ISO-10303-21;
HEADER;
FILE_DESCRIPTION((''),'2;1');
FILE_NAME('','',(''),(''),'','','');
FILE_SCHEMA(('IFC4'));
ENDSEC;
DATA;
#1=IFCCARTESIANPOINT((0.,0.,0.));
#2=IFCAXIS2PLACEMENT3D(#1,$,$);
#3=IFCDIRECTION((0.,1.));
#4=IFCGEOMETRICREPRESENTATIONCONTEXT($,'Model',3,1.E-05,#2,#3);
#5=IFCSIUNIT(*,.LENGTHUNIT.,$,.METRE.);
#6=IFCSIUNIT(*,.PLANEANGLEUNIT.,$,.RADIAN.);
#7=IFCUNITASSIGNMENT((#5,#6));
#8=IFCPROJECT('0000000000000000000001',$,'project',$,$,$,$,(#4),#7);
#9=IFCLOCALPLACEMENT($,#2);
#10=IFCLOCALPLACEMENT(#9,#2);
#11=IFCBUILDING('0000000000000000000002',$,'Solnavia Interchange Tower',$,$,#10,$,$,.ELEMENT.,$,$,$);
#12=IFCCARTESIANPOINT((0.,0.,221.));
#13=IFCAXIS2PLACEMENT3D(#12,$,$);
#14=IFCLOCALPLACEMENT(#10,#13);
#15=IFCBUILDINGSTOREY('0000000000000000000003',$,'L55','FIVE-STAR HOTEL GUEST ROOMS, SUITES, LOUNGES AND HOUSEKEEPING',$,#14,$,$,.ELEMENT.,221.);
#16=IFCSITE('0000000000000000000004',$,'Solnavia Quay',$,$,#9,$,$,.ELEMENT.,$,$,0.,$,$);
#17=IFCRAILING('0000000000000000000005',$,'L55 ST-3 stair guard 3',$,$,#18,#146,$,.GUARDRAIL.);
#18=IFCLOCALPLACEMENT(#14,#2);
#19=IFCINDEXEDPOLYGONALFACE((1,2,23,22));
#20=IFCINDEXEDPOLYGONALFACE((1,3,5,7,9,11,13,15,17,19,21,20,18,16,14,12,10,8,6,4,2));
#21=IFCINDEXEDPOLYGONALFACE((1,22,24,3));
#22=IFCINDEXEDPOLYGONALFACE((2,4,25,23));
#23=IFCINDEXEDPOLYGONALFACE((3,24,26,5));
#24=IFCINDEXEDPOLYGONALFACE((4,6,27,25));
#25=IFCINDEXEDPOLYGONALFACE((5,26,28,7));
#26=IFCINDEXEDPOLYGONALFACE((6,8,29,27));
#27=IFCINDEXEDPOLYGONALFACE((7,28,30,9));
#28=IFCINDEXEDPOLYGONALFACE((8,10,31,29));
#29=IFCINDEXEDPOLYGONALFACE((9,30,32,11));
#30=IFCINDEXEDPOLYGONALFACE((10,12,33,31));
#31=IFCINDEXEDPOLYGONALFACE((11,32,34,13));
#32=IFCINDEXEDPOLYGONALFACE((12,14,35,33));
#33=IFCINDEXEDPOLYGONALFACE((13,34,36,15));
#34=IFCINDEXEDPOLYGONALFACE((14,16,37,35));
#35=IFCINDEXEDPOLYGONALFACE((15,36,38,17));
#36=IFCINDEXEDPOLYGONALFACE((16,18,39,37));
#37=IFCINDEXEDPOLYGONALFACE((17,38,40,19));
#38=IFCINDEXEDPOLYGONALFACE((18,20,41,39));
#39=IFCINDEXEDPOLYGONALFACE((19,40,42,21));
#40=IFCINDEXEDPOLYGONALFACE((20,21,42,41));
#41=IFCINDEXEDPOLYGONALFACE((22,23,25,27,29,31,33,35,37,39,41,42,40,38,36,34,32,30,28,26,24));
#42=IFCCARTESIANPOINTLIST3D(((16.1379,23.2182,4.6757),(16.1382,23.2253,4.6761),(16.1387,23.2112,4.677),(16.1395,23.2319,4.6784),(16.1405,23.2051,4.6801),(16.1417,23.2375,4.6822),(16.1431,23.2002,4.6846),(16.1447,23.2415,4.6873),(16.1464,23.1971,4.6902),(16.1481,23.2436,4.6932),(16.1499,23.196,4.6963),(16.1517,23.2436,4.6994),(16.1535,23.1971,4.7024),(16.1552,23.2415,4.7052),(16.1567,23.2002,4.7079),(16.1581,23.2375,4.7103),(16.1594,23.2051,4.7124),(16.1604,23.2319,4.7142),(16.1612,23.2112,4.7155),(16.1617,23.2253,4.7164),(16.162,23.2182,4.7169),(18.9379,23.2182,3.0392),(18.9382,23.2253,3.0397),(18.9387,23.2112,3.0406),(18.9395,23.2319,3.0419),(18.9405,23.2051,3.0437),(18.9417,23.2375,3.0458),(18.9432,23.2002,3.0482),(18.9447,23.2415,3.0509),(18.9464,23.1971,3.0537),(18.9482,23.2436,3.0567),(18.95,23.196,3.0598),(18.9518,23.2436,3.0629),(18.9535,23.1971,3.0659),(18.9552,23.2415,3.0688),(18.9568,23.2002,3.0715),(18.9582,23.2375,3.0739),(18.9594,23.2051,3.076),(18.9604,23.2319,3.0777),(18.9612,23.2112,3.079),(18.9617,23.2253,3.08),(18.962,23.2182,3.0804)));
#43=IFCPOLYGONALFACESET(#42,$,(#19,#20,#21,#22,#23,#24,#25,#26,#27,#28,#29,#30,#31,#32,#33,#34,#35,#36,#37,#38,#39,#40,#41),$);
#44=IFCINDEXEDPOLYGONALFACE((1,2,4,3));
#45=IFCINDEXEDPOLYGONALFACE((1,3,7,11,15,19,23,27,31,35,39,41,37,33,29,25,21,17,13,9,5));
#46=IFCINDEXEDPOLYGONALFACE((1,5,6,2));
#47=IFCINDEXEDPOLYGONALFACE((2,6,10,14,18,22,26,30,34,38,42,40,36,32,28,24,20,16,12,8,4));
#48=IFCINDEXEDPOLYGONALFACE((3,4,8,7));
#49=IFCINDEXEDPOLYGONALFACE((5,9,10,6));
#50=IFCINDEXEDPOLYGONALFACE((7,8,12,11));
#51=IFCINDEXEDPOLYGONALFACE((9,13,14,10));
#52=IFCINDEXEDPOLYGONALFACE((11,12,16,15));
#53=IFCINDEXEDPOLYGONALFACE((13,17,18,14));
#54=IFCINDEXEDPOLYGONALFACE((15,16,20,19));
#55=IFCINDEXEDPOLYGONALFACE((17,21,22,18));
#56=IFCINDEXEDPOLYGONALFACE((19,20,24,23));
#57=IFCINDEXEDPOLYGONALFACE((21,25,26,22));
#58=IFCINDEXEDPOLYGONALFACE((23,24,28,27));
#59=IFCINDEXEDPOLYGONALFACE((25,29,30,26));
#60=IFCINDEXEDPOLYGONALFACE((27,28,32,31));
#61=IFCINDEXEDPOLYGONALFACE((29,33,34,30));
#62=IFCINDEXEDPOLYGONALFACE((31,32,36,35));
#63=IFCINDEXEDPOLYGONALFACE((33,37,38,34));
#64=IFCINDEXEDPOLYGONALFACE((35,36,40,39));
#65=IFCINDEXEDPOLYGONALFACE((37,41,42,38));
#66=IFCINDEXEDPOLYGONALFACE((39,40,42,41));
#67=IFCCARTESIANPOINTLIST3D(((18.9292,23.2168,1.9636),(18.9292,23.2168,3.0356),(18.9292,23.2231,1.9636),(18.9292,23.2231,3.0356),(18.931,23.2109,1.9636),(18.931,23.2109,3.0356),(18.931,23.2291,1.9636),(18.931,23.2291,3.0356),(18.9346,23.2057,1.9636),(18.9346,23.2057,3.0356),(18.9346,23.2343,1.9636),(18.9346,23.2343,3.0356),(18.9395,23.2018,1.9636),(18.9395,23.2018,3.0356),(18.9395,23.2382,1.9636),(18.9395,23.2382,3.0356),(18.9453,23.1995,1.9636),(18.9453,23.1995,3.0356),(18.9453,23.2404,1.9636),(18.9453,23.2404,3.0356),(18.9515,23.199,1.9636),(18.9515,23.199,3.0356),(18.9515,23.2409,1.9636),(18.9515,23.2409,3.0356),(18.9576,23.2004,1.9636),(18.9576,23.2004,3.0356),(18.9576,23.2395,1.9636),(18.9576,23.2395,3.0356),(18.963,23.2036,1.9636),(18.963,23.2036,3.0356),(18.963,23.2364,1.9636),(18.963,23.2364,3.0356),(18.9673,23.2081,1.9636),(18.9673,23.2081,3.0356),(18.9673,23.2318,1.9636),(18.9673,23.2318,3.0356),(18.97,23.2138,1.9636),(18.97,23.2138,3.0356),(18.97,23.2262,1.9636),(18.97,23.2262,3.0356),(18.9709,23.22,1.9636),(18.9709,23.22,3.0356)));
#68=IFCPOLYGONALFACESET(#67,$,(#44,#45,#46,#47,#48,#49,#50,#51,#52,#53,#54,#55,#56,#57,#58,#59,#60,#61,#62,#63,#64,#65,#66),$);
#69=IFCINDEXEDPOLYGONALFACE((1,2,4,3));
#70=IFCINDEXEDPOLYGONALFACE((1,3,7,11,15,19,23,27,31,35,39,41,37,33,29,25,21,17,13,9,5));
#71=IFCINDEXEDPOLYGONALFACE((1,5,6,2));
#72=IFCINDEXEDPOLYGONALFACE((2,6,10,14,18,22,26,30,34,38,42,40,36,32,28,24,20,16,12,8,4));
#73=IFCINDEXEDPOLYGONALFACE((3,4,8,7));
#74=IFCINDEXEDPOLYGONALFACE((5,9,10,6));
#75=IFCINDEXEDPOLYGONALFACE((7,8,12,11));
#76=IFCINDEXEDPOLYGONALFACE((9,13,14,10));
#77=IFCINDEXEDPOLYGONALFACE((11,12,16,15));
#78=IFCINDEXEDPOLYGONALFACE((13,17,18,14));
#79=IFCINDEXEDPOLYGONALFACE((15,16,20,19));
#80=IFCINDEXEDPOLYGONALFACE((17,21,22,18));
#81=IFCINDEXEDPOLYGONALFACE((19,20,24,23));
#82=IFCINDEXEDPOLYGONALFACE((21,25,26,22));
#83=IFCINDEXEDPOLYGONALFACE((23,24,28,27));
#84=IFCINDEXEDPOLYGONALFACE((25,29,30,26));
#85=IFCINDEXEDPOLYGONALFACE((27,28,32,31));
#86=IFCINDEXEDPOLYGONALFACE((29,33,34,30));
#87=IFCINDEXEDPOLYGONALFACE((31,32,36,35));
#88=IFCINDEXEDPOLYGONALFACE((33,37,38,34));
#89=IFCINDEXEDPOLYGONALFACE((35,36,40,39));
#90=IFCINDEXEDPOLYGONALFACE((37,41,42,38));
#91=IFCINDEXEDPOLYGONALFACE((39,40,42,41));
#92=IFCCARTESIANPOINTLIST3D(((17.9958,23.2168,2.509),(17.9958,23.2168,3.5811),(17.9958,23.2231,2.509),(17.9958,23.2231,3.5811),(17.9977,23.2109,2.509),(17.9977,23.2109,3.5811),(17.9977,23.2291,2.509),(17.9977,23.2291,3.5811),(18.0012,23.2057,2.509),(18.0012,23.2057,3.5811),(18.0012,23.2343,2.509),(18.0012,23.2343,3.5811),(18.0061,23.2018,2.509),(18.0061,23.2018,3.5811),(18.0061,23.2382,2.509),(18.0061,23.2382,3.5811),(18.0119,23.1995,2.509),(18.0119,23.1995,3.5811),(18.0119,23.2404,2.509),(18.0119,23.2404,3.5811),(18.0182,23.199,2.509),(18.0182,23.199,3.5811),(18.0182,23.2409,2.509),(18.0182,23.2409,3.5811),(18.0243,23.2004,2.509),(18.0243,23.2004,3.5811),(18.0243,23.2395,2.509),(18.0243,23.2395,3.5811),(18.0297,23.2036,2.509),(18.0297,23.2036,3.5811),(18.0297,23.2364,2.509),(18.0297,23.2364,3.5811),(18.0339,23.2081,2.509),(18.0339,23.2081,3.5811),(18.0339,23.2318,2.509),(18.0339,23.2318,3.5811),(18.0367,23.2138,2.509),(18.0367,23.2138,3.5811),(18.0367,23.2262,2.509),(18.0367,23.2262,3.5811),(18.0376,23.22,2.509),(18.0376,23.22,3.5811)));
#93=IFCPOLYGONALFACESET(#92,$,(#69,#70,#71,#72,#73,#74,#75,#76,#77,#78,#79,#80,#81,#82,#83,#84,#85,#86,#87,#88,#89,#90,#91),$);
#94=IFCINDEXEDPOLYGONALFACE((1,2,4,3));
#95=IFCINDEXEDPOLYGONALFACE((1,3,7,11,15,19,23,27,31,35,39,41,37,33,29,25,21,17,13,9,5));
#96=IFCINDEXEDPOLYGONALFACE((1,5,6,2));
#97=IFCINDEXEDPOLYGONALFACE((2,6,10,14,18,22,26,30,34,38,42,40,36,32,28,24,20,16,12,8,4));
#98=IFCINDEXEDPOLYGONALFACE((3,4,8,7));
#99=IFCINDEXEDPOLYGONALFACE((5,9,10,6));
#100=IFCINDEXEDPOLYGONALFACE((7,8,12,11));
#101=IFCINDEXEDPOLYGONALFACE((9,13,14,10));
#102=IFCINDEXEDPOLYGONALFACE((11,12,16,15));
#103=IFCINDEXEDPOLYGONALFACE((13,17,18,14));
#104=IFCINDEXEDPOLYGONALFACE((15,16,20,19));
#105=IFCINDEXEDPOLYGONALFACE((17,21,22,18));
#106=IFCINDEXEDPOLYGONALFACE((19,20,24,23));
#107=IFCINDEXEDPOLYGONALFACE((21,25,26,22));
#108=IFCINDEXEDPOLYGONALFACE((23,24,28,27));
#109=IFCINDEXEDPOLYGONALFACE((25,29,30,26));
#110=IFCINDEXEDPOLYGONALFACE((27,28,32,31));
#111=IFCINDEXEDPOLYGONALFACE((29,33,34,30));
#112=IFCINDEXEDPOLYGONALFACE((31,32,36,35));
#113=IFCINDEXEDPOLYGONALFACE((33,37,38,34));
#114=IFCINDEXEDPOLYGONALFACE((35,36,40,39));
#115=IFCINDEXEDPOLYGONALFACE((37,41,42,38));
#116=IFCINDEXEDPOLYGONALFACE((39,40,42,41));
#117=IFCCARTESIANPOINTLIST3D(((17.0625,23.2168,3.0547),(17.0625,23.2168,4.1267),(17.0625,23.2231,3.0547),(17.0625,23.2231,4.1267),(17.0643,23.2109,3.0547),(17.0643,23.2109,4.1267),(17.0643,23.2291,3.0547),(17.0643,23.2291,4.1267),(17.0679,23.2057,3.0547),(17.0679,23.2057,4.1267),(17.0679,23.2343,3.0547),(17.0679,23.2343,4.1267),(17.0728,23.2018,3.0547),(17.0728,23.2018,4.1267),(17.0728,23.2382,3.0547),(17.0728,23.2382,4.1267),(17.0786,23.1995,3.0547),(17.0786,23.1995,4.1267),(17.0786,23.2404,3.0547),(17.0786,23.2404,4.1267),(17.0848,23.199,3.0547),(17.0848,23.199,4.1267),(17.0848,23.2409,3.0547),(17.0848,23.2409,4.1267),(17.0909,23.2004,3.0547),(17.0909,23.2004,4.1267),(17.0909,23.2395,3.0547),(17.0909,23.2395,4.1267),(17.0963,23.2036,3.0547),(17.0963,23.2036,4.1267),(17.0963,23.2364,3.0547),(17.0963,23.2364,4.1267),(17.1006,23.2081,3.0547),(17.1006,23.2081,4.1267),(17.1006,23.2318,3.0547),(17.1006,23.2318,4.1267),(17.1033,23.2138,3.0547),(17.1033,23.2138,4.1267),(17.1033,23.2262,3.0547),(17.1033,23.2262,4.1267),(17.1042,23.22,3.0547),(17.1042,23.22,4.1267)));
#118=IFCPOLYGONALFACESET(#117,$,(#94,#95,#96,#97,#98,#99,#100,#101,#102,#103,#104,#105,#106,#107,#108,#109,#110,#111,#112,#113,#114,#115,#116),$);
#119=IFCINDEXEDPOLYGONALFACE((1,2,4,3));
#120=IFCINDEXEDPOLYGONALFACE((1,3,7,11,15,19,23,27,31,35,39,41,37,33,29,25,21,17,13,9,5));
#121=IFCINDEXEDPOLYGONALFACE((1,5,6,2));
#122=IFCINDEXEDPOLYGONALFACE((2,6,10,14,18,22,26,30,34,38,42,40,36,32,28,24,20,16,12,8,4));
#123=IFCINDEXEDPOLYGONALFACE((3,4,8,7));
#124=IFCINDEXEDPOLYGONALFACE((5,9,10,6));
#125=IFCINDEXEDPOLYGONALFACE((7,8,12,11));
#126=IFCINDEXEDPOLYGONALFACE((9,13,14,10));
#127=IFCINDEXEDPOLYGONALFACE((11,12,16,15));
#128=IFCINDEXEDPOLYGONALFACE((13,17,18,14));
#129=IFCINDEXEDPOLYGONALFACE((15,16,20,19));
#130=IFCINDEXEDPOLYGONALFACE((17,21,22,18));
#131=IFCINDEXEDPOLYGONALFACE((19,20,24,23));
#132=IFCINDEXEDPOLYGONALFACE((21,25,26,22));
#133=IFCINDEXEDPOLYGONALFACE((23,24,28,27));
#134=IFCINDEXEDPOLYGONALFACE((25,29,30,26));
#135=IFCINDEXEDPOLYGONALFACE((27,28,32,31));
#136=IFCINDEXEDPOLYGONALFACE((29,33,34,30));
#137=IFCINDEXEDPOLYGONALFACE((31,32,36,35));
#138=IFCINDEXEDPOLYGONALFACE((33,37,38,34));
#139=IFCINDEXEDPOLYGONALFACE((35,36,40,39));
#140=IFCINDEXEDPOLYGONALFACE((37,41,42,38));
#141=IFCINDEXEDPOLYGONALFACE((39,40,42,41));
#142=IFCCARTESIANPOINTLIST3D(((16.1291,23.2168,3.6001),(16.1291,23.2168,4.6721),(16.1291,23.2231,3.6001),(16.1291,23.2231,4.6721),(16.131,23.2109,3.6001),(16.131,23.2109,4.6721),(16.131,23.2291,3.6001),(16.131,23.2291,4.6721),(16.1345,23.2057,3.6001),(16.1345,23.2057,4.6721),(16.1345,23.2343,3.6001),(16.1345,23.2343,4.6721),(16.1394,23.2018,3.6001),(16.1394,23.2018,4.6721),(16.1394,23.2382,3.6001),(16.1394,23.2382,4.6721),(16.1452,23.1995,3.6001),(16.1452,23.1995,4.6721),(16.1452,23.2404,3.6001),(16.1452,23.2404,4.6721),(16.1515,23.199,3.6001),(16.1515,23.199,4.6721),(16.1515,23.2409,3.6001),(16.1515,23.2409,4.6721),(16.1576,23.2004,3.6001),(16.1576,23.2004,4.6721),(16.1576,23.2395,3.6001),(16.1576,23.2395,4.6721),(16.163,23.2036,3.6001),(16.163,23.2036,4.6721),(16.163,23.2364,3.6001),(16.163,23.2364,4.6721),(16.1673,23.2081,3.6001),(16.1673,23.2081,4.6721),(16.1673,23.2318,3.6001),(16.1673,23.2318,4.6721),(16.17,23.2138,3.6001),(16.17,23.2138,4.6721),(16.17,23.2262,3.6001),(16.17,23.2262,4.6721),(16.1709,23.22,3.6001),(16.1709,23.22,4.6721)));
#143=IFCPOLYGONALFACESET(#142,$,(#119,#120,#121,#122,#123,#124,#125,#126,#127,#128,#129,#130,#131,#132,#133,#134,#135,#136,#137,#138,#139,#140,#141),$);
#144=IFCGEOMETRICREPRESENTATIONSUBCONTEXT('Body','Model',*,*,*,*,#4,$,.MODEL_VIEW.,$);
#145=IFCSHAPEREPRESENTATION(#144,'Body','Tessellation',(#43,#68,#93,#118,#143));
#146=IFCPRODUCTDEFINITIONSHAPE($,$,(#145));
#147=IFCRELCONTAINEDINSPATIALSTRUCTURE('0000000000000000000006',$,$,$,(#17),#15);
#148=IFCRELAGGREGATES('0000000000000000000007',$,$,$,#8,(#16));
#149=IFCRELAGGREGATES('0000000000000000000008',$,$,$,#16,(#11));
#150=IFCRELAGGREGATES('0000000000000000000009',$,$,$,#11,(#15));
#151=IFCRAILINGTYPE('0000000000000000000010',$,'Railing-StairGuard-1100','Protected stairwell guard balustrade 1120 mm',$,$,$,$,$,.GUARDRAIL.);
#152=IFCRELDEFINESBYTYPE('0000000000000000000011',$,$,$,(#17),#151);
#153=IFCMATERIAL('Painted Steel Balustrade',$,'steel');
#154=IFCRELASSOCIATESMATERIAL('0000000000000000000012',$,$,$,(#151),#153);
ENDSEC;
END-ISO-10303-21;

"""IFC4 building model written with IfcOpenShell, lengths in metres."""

from ifc_helpers import new_model, si_unit, direction, frame, origin, origin_2d, place, context, subcontext, project, spatial, circle, extrude, material, type_object, element, save


model = new_model("IFC4")

# Units and contexts
model_context = context("Model", 3, precision=1e-05, world=origin(), true_north=direction((0.0, 1.0)))
body_context = subcontext(model_context, "Body", "Model", "MODEL_VIEW")
ifc_project = project(units=[si_unit("LENGTHUNIT", "METRE"), si_unit("PLANEANGLEUNIT", "RADIAN")], contexts=[model_context])

# Site, building, storey
site_placement = place(None, origin())
site = spatial("IfcSite", under=ifc_project, at=site_placement, Name="Solnavia Quay", CompositionType="ELEMENT", RefElevation=0.0)
building_placement = place(site_placement, origin())
building = spatial("IfcBuilding", under=site, at=building_placement, Name="Solnavia Interchange Tower", CompositionType="ELEMENT")
storey_placement = place(building_placement, frame((0.0, 0.0, 221.0)))
storey = spatial("IfcBuildingStorey", under=building, at=storey_placement, Name="L55", Description="FIVE-STAR HOTEL GUEST ROOMS, SUITES, LOUNGES AND HOUSEKEEPING", CompositionType="ELEMENT", Elevation=221.0)

# Railing
ifc_material_1 = material(Name="Painted Steel Balustrade", Category="steel")
railing_type_1 = type_object("IfcRailingType", Name="Railing-StairGuard-1100", Description="Protected stairwell guard balustrade 1120 mm", PredefinedType="GUARDRAIL", material=ifc_material_1)
railing_1_placement = place(storey_placement, frame((18.95, 23.22, 1.9636)))
element("IfcRailing", 1, at=railing_1_placement, inside=storey, type_object=railing_type_1, Name="L55 ST-3 stair guard 3", PredefinedType="GUARDRAIL", context=body_context, shape_type="SweptSolid", body=[
    extrude(circle(Radius=0.0239, at=origin_2d()), frame((0.0, 0.0, 1.0962), z_axis=(-0.863361, 0.0, 0.504587), x_axis=(0.0, -1.0, 0.0)), (0.0, 0.0, 1.0), 3.2432),
    extrude(circle(Radius=0.021, at=origin_2d()), origin(), (0.0, 0.0, 1.0), 1.072),
    extrude(circle(Radius=0.021, at=origin_2d()), frame((-0.9333, 0.0, 0.5454)), (0.0, 0.0, 1.0), 1.072),
    extrude(circle(Radius=0.021, at=origin_2d()), frame((-1.8667, 0.0, 1.0911)), (0.0, 0.0, 1.0), 1.072),
    extrude(circle(Radius=0.021, at=origin_2d()), frame((-2.8, 0.0, 1.6365)), (0.0, 0.0, 1.0), 1.072),
])

save(model, "model.ifc")
